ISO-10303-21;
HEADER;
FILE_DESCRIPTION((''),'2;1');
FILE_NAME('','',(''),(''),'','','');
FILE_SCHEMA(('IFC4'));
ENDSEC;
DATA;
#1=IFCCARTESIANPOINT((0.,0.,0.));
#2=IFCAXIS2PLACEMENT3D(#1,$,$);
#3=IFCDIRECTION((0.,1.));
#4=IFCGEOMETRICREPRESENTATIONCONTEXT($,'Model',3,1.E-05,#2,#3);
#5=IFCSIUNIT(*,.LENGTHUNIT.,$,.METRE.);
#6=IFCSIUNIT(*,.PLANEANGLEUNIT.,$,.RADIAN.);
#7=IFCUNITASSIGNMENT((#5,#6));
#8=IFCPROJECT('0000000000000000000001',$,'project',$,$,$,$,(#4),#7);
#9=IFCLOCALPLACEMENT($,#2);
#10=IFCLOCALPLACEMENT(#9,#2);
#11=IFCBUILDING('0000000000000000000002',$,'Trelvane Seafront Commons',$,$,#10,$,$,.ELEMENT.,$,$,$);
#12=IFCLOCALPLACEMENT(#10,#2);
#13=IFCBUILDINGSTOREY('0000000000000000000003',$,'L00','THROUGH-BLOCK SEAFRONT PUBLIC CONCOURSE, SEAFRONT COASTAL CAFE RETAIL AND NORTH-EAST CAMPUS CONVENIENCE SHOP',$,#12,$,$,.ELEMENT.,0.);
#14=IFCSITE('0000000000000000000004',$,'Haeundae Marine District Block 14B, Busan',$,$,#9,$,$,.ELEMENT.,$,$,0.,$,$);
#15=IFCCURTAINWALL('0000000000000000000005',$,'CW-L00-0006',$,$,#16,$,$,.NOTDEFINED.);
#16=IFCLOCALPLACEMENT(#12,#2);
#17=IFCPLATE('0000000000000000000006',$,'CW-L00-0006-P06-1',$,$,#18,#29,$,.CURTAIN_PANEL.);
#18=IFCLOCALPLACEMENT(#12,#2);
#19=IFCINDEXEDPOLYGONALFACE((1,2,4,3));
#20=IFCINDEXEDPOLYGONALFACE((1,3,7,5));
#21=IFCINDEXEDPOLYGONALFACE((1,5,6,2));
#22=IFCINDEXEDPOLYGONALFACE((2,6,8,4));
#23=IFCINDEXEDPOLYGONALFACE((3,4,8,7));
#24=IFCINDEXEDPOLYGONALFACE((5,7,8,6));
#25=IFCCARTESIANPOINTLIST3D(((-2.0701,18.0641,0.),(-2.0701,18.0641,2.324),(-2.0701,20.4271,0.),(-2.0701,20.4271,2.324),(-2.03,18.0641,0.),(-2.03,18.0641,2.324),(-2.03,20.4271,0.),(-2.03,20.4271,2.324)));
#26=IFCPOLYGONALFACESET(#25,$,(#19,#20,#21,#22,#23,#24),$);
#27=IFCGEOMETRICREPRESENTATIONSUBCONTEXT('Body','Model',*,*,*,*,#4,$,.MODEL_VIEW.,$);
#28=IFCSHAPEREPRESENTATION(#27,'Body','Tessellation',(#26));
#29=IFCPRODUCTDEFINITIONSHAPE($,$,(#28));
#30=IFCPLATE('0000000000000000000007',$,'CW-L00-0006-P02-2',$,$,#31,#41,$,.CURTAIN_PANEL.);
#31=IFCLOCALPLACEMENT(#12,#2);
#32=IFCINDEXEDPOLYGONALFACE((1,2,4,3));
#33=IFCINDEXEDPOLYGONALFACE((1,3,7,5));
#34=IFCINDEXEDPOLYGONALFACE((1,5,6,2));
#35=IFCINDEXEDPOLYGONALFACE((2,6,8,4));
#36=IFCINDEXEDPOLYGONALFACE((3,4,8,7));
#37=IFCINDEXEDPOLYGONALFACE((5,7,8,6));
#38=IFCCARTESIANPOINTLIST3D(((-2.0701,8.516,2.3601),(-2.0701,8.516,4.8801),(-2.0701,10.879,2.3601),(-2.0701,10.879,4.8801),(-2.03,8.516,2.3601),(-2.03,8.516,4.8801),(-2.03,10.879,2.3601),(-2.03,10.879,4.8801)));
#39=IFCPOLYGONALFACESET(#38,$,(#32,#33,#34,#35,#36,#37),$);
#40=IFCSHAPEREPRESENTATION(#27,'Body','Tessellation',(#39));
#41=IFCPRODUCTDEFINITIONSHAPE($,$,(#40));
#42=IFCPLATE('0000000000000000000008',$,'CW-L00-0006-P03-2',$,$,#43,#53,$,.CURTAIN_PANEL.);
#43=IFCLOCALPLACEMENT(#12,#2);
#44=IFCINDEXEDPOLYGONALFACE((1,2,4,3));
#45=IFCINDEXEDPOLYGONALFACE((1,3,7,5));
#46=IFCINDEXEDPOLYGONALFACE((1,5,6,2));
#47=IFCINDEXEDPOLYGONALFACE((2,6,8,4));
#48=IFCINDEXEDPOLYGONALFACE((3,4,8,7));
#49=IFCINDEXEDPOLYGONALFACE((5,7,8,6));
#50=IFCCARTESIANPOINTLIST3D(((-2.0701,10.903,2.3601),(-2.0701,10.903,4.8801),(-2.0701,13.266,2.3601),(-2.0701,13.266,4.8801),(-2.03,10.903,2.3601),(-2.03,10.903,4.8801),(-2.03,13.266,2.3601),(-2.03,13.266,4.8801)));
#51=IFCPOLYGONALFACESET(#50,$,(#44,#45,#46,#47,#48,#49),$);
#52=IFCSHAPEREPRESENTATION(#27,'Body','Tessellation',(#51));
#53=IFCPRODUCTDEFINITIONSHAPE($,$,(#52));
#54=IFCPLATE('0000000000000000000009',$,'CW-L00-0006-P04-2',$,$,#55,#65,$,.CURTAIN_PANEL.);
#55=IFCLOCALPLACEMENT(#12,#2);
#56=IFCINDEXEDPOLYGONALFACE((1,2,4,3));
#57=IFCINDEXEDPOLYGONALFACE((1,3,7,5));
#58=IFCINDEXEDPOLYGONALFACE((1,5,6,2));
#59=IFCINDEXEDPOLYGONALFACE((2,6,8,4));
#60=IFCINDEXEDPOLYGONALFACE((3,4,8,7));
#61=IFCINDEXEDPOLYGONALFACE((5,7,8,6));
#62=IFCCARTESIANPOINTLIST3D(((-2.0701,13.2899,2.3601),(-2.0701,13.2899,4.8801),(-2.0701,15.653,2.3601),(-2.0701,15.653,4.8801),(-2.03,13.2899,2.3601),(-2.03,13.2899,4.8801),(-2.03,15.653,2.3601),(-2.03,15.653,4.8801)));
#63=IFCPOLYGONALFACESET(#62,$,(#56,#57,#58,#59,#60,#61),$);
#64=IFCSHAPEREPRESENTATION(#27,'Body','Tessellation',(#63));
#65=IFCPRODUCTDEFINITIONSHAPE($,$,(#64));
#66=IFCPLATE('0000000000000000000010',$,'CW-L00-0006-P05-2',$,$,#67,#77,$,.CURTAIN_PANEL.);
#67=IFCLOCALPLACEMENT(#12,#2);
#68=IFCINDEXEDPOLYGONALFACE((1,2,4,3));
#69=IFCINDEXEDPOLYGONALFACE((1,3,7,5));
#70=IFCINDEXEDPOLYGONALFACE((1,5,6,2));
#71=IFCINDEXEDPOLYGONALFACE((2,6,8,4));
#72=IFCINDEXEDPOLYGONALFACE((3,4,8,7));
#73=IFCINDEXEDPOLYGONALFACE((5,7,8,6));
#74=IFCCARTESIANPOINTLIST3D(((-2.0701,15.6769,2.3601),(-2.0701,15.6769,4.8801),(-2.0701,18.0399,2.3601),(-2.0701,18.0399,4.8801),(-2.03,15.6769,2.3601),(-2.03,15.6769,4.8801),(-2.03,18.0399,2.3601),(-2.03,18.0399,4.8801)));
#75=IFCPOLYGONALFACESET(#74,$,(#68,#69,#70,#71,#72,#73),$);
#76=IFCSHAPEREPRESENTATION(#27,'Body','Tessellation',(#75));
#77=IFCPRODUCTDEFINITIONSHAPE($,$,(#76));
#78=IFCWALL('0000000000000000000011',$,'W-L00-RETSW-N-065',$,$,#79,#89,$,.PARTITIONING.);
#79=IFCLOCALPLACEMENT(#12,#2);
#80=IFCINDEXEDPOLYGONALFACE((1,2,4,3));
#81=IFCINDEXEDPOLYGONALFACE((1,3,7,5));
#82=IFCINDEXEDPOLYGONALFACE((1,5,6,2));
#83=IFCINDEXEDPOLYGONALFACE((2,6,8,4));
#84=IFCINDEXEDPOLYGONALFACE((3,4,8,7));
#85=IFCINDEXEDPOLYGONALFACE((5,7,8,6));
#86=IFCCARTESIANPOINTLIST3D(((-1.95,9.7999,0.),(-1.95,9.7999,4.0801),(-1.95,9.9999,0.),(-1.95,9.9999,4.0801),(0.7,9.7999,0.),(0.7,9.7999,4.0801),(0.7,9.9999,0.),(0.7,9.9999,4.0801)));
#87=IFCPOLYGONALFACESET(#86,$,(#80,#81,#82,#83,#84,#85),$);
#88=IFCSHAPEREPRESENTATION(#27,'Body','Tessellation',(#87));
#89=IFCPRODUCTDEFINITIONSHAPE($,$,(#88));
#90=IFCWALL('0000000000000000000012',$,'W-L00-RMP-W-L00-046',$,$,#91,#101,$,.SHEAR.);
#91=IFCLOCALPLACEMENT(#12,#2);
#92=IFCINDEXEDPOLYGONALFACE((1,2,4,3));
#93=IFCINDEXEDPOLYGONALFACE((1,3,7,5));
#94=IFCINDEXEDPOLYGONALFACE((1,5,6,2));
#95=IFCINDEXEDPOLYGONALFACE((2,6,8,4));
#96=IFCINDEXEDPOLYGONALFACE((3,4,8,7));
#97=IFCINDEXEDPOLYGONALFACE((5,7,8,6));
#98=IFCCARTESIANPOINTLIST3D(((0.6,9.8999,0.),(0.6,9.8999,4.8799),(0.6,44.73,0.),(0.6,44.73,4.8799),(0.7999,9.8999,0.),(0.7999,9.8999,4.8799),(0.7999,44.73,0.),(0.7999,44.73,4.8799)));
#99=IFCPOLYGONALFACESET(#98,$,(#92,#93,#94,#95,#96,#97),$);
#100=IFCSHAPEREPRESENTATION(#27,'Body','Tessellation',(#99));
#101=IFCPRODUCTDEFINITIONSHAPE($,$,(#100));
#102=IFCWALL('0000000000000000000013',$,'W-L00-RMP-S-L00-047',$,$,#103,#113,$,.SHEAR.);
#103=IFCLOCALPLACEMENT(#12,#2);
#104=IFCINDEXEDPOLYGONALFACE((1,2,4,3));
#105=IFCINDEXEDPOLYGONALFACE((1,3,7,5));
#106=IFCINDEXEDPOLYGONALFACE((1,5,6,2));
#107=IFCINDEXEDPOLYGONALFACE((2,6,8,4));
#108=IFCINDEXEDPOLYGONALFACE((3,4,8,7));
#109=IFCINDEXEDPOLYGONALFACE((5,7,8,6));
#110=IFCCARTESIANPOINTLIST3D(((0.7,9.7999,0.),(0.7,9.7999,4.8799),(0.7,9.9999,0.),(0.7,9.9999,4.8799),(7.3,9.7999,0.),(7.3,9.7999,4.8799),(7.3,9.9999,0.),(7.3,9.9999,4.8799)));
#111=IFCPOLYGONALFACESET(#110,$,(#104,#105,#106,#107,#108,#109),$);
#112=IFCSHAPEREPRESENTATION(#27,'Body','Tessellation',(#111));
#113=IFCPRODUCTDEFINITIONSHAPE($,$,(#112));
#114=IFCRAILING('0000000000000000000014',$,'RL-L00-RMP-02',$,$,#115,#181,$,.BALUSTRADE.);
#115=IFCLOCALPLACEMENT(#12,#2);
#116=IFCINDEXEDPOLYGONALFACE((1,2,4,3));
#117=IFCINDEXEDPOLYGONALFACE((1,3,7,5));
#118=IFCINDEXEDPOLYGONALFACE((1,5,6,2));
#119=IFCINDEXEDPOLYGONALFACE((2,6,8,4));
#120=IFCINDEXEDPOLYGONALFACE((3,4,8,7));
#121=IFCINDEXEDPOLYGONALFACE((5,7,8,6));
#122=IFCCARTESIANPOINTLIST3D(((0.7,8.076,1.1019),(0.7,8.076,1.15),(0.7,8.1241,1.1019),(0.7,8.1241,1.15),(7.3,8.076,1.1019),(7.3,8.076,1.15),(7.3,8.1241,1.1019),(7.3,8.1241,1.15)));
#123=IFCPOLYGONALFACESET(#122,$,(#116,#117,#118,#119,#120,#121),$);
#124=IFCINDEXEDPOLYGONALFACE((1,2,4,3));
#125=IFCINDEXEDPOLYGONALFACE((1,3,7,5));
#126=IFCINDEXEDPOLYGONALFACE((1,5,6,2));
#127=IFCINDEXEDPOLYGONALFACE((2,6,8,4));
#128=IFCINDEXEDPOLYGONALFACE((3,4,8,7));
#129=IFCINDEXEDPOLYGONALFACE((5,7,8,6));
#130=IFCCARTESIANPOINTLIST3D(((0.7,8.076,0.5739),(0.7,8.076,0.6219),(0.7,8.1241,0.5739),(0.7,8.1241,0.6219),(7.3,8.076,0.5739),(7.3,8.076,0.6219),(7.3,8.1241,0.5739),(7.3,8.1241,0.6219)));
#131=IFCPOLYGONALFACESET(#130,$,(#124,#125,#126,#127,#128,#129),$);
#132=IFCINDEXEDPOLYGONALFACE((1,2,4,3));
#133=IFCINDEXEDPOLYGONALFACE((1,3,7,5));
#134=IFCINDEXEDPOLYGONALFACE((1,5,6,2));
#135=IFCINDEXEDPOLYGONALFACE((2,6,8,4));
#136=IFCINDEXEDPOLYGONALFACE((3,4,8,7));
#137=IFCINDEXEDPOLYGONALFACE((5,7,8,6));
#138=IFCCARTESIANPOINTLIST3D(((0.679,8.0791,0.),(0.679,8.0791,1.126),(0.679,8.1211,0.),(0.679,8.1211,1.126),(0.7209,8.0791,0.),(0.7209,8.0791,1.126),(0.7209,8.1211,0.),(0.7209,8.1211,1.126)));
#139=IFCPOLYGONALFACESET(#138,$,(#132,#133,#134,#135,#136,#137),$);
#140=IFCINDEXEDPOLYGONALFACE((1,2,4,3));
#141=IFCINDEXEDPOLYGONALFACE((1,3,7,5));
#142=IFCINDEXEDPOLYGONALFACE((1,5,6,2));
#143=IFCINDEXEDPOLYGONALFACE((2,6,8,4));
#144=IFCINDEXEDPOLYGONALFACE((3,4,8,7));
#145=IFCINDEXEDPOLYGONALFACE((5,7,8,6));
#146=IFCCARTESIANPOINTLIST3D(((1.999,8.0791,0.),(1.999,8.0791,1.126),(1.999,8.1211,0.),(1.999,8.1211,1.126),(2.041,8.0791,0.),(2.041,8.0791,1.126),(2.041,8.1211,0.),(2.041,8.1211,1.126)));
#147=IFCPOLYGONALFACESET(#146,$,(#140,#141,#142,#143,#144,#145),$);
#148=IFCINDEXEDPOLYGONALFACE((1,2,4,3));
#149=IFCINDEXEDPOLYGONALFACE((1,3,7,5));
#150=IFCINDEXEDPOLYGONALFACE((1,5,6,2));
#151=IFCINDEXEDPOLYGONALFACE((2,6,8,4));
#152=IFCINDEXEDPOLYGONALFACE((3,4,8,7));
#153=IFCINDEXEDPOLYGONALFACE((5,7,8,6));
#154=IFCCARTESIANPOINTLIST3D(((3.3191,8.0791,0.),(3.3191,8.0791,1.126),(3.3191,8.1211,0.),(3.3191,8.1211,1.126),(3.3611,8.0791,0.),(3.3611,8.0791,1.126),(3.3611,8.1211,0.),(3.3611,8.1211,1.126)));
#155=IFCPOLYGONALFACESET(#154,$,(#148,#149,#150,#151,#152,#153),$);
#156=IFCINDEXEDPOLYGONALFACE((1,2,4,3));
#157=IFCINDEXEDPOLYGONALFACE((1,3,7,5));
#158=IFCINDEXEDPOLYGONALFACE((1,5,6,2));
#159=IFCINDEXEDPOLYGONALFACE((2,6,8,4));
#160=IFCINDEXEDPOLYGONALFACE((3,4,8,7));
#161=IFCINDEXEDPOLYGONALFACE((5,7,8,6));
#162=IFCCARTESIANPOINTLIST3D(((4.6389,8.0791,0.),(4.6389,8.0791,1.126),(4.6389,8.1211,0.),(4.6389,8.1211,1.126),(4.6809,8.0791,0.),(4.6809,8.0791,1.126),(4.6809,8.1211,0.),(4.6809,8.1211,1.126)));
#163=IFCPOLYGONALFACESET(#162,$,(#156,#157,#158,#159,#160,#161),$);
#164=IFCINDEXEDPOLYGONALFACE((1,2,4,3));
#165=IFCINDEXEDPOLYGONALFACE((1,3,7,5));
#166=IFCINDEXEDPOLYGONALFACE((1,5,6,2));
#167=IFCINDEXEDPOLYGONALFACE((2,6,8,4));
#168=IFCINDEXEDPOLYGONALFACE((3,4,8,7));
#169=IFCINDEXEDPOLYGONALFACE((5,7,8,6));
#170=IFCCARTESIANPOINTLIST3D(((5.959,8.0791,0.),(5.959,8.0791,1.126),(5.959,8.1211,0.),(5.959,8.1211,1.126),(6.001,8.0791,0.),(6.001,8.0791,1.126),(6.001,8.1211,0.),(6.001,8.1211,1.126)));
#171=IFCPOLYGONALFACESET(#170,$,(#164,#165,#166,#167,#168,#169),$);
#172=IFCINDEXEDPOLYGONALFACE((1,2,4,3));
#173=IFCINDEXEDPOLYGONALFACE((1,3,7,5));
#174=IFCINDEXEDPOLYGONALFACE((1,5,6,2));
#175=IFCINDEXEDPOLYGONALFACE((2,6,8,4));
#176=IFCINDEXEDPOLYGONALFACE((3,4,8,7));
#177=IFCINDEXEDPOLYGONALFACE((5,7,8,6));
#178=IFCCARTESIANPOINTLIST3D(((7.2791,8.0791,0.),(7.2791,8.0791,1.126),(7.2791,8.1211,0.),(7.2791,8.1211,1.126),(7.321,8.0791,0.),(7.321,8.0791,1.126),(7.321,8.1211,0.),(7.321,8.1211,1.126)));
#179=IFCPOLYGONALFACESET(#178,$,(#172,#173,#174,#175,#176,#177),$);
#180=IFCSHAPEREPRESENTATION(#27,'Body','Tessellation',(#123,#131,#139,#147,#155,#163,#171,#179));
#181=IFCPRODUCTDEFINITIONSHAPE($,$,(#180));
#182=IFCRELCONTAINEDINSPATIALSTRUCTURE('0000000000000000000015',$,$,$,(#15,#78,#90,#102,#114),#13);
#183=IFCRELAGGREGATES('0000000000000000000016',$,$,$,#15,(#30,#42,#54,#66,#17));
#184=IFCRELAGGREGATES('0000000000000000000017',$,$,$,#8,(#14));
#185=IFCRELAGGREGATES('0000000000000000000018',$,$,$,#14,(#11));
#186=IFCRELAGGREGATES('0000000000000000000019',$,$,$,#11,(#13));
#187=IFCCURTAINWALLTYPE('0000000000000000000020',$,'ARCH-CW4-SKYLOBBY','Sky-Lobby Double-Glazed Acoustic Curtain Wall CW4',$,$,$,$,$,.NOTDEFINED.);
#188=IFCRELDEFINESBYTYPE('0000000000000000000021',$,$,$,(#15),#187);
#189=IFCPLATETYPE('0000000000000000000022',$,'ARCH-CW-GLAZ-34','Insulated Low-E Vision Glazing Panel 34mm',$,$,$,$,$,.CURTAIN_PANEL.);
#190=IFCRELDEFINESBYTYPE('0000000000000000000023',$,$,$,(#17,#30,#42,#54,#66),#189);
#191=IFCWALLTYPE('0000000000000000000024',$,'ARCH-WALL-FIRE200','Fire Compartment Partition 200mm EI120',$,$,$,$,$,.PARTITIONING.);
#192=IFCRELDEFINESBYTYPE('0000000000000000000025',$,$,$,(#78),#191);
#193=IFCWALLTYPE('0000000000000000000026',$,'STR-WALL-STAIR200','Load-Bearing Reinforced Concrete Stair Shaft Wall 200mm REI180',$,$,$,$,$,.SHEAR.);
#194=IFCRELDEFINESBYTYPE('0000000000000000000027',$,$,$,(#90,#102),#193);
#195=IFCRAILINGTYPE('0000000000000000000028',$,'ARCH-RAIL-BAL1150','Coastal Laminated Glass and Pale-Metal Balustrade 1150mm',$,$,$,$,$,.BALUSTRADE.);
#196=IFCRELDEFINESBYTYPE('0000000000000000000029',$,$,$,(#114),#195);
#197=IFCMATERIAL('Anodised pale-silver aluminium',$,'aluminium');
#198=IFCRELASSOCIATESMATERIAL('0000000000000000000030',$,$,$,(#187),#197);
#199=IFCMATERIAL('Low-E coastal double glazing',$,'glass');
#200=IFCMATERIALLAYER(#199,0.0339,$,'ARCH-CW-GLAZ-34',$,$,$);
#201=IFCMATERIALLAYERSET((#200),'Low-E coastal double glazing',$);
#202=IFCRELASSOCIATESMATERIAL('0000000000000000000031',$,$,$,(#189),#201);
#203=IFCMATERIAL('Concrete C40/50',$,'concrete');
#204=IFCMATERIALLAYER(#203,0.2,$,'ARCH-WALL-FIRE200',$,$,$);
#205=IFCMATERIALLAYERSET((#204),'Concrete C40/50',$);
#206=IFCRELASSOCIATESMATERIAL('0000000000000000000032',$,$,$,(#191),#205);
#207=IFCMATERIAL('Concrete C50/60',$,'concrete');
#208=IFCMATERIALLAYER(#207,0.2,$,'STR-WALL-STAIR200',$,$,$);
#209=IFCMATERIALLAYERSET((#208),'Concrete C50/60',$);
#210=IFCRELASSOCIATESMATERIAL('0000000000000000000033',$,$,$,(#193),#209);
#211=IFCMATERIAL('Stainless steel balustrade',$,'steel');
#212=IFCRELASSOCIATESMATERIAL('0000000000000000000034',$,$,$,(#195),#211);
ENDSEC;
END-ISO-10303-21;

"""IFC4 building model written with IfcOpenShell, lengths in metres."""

from ifc_helpers import new_model, si_unit, direction, frame, frame_2d, origin, origin_2d, place, context, subcontext, project, spatial, rectangle, extrude, source, transform, mapped, material, layer, layer_set, type_object, element, aggregate, save


model = new_model("IFC4")

# Units and contexts
model_context = context("Model", 3, precision=1e-05, world=origin(), true_north=direction((0.0, 1.0)))
body_context = subcontext(model_context, "Body", "Model", "MODEL_VIEW")
ifc_project = project(units=[si_unit("LENGTHUNIT", "METRE"), si_unit("PLANEANGLEUNIT", "RADIAN")], contexts=[model_context])

# Site, building, storey
site_placement = place(None, origin())
site = spatial("IfcSite", under=ifc_project, at=site_placement, Name="Haeundae Marine District Block 14B, Busan", CompositionType="ELEMENT", RefElevation=0.0)
building_placement = place(site_placement, origin())
building = spatial("IfcBuilding", under=site, at=building_placement, Name="Trelvane Seafront Commons", CompositionType="ELEMENT")
storey_placement = place(building_placement, origin())
storey = spatial("IfcBuildingStorey", under=building, at=storey_placement, Name="L00", Description="THROUGH-BLOCK SEAFRONT PUBLIC CONCOURSE, SEAFRONT COASTAL CAFE RETAIL AND NORTH-EAST CAMPUS CONVENIENCE SHOP", CompositionType="ELEMENT", Elevation=0.0)

# Shared definitions
ifc_material_1 = material(Name="Concrete C50/60", Category="concrete")

# Curtain wall, plates
ifc_material_2 = material(Name="Anodised pale-silver aluminium", Category="aluminium")
curtain_wall_type = type_object("IfcCurtainWallType", Name="ARCH-CW4-SKYLOBBY", Description="Sky-Lobby Double-Glazed Acoustic Curtain Wall CW4", PredefinedType="NOTDEFINED", material=ifc_material_2)
curtain_wall_placement = place(storey_placement, origin())
curtain_wall = element("IfcCurtainWall", 1, at=curtain_wall_placement, inside=storey, type_object=curtain_wall_type, Name="CW-L00-0006", PredefinedType="NOTDEFINED")
ifc_material_3 = material(Name="Low-E coastal double glazing", Category="glass")
ifc_layer_1 = layer(ifc_material_3, 0.0339, Name="ARCH-CW-GLAZ-34")
ifc_layer_set_1 = layer_set([ifc_layer_1], Name="Low-E coastal double glazing")
plate_type = type_object("IfcPlateType", Name="ARCH-CW-GLAZ-34", Description="Insulated Low-E Vision Glazing Panel 34mm", PredefinedType="CURTAIN_PANEL", material=ifc_layer_set_1)
shared_shape_1 = source(origin(), body_context, "Body", "SweptSolid", [
    extrude(rectangle(XDim=2.363, YDim=0.04, at=origin_2d()), origin(), (0.0, 0.0, 1.0), 2.324),
])
plate_1_placement = place(storey_placement, frame((-2.05, 19.2456, 0.0), z_axis=(0.0, 0.0, 1.0), x_axis=(0.0, 1.0, 0.0)))
plate_1 = element("IfcPlate", 2, at=plate_1_placement, type_object=plate_type, Name="CW-L00-0006-P06-1", PredefinedType="CURTAIN_PANEL", context=body_context, shape_type="MappedRepresentation", body=[
    mapped(shared_shape_1, transform((0.0, 0.0, 0.0), x_axis=(1.0, 0.0, 0.0), y_axis=(0.0, 1.0, 0.0), z_axis=(0.0, 0.0, 1.0), scale=1.0)),
])
shared_shape_2 = source(origin(), body_context, "Body", "SweptSolid", [
    extrude(rectangle(XDim=2.363, YDim=0.04, at=origin_2d()), origin(), (0.0, 0.0, 1.0), 2.52),
])
plate_2_placement = place(storey_placement, frame((-2.05, 9.6975, 2.3601), z_axis=(0.0, 0.0, 1.0), x_axis=(0.0, 1.0, 0.0)))
plate_2 = element("IfcPlate", 3, at=plate_2_placement, type_object=plate_type, Name="CW-L00-0006-P02-2", PredefinedType="CURTAIN_PANEL", context=body_context, shape_type="MappedRepresentation", body=[
    mapped(shared_shape_2, transform((0.0, 0.0, 0.0), x_axis=(1.0, 0.0, 0.0), y_axis=(0.0, 1.0, 0.0), z_axis=(0.0, 0.0, 1.0), scale=1.0)),
])
plate_3_placement = place(storey_placement, frame((-2.05, 12.0845, 2.3601), z_axis=(0.0, 0.0, 1.0), x_axis=(0.0, 1.0, 0.0)))
plate_3 = element("IfcPlate", 4, at=plate_3_placement, type_object=plate_type, Name="CW-L00-0006-P03-2", PredefinedType="CURTAIN_PANEL", context=body_context, shape_type="MappedRepresentation", body=[
    mapped(shared_shape_2, transform((0.0, 0.0, 0.0), x_axis=(1.0, 0.0, 0.0), y_axis=(0.0, 1.0, 0.0), z_axis=(0.0, 0.0, 1.0), scale=1.0)),
])
plate_4_placement = place(storey_placement, frame((-2.05, 14.4714, 2.3601), z_axis=(0.0, 0.0, 1.0), x_axis=(0.0, 1.0, 0.0)))
plate_4 = element("IfcPlate", 5, at=plate_4_placement, type_object=plate_type, Name="CW-L00-0006-P04-2", PredefinedType="CURTAIN_PANEL", context=body_context, shape_type="MappedRepresentation", body=[
    mapped(shared_shape_2, transform((0.0, 0.0, 0.0), x_axis=(1.0, 0.0, 0.0), y_axis=(0.0, 1.0, 0.0), z_axis=(0.0, 0.0, 1.0), scale=1.0)),
])
plate_5_placement = place(storey_placement, frame((-2.05, 16.8584, 2.3601), z_axis=(0.0, 0.0, 1.0), x_axis=(0.0, 1.0, 0.0)))
plate_5 = element("IfcPlate", 6, at=plate_5_placement, type_object=plate_type, Name="CW-L00-0006-P05-2", PredefinedType="CURTAIN_PANEL", context=body_context, shape_type="MappedRepresentation", body=[
    mapped(shared_shape_2, transform((0.0, 0.0, 0.0), x_axis=(1.0, 0.0, 0.0), y_axis=(0.0, 1.0, 0.0), z_axis=(0.0, 0.0, 1.0), scale=1.0)),
])
aggregate(curtain_wall, [plate_2, plate_3, plate_4, plate_5, plate_1])

# Walls
ifc_material_4 = material(Name="Concrete C40/50", Category="concrete")
ifc_layer_2 = layer(ifc_material_4, 0.2, Name="ARCH-WALL-FIRE200")
ifc_layer_set_2 = layer_set([ifc_layer_2], Name="Concrete C40/50")
wall_type_1 = type_object("IfcWallType", Name="ARCH-WALL-FIRE200", Description="Fire Compartment Partition 200mm EI120", PredefinedType="PARTITIONING", material=ifc_layer_set_2)
wall_1_placement = place(storey_placement, frame((-1.95, 9.8999, 0.0), z_axis=(0.0, 0.0, 1.0), x_axis=(1.0, 0.0, 0.0)))
element("IfcWall", 7, at=wall_1_placement, inside=storey, type_object=wall_type_1, Name="W-L00-RETSW-N-065", PredefinedType="PARTITIONING", context=body_context, shape_type="SweptSolid", body=[
    extrude(rectangle(XDim=2.6499, YDim=0.2, at=frame_2d((1.325, 0.0))), origin(), (0.0, 0.0, 1.0), 4.0801),
])
ifc_layer_3 = layer(ifc_material_1, 0.2, Name="STR-WALL-STAIR200")
ifc_layer_set_3 = layer_set([ifc_layer_3], Name="Concrete C50/60")
wall_type_2 = type_object("IfcWallType", Name="STR-WALL-STAIR200", Description="Load-Bearing Reinforced Concrete Stair Shaft Wall 200mm REI180", PredefinedType="SHEAR", material=ifc_layer_set_3)
wall_2_placement = place(storey_placement, frame((0.7, 9.8999, 0.0), z_axis=(0.0, 0.0, 1.0), x_axis=(0.0, 1.0, 0.0)))
element("IfcWall", 8, at=wall_2_placement, inside=storey, type_object=wall_type_2, Name="W-L00-RMP-W-L00-046", PredefinedType="SHEAR", context=body_context, shape_type="SweptSolid", body=[
    extrude(rectangle(XDim=34.8301, YDim=0.2, at=frame_2d((17.415, 0.0))), origin(), (0.0, 0.0, 1.0), 4.8799),
])
wall_3_placement = place(storey_placement, frame((0.7, 9.8999, 0.0), z_axis=(0.0, 0.0, 1.0), x_axis=(1.0, 0.0, 0.0)))
element("IfcWall", 9, at=wall_3_placement, inside=storey, type_object=wall_type_2, Name="W-L00-RMP-S-L00-047", PredefinedType="SHEAR", context=body_context, shape_type="SweptSolid", body=[
    extrude(rectangle(XDim=6.6001, YDim=0.2, at=frame_2d((3.3, 0.0))), origin(), (0.0, 0.0, 1.0), 4.8799),
])

# Railing
ifc_material_5 = material(Name="Stainless steel balustrade", Category="steel")
railing_type = type_object("IfcRailingType", Name="ARCH-RAIL-BAL1150", Description="Coastal Laminated Glass and Pale-Metal Balustrade 1150mm", PredefinedType="BALUSTRADE", material=ifc_material_5)
railing_1_placement = place(storey_placement, frame((0.7, 8.1001, 0.0)))
element("IfcRailing", 10, at=railing_1_placement, inside=storey, type_object=railing_type, Name="RL-L00-RMP-02", PredefinedType="BALUSTRADE", context=body_context, shape_type="SweptSolid", body=[
    extrude(rectangle(XDim=0.0481, YDim=0.0481, at=origin_2d()), frame((0.0, 0.0, 1.126), z_axis=(1.0, 0.0, 0.0), x_axis=(0.0, 1.0, 0.0)), (0.0, 0.0, 1.0), 6.6001),
    extrude(rectangle(XDim=0.0481, YDim=0.0481, at=origin_2d()), frame((0.0, 0.0, 0.5979), z_axis=(1.0, 0.0, 0.0), x_axis=(0.0, 1.0, 0.0)), (0.0, 0.0, 1.0), 6.6001),
    extrude(rectangle(XDim=0.042, YDim=0.042, at=origin_2d()), origin(), (0.0, 0.0, 1.0), 1.126),
    extrude(rectangle(XDim=0.042, YDim=0.042, at=origin_2d()), frame((1.3201, 0.0, 0.0)), (0.0, 0.0, 1.0), 1.126),
    extrude(rectangle(XDim=0.042, YDim=0.042, at=origin_2d()), frame((2.6401, 0.0, 0.0)), (0.0, 0.0, 1.0), 1.126),
    extrude(rectangle(XDim=0.042, YDim=0.042, at=origin_2d()), frame((3.96, 0.0, 0.0)), (0.0, 0.0, 1.0), 1.126),
    extrude(rectangle(XDim=0.042, YDim=0.042, at=origin_2d()), frame((5.28, 0.0, 0.0)), (0.0, 0.0, 1.0), 1.126),
    extrude(rectangle(XDim=0.042, YDim=0.042, at=origin_2d()), frame((6.6001, 0.0, 0.0)), (0.0, 0.0, 1.0), 1.126),
])

save(model, "model.ifc")
